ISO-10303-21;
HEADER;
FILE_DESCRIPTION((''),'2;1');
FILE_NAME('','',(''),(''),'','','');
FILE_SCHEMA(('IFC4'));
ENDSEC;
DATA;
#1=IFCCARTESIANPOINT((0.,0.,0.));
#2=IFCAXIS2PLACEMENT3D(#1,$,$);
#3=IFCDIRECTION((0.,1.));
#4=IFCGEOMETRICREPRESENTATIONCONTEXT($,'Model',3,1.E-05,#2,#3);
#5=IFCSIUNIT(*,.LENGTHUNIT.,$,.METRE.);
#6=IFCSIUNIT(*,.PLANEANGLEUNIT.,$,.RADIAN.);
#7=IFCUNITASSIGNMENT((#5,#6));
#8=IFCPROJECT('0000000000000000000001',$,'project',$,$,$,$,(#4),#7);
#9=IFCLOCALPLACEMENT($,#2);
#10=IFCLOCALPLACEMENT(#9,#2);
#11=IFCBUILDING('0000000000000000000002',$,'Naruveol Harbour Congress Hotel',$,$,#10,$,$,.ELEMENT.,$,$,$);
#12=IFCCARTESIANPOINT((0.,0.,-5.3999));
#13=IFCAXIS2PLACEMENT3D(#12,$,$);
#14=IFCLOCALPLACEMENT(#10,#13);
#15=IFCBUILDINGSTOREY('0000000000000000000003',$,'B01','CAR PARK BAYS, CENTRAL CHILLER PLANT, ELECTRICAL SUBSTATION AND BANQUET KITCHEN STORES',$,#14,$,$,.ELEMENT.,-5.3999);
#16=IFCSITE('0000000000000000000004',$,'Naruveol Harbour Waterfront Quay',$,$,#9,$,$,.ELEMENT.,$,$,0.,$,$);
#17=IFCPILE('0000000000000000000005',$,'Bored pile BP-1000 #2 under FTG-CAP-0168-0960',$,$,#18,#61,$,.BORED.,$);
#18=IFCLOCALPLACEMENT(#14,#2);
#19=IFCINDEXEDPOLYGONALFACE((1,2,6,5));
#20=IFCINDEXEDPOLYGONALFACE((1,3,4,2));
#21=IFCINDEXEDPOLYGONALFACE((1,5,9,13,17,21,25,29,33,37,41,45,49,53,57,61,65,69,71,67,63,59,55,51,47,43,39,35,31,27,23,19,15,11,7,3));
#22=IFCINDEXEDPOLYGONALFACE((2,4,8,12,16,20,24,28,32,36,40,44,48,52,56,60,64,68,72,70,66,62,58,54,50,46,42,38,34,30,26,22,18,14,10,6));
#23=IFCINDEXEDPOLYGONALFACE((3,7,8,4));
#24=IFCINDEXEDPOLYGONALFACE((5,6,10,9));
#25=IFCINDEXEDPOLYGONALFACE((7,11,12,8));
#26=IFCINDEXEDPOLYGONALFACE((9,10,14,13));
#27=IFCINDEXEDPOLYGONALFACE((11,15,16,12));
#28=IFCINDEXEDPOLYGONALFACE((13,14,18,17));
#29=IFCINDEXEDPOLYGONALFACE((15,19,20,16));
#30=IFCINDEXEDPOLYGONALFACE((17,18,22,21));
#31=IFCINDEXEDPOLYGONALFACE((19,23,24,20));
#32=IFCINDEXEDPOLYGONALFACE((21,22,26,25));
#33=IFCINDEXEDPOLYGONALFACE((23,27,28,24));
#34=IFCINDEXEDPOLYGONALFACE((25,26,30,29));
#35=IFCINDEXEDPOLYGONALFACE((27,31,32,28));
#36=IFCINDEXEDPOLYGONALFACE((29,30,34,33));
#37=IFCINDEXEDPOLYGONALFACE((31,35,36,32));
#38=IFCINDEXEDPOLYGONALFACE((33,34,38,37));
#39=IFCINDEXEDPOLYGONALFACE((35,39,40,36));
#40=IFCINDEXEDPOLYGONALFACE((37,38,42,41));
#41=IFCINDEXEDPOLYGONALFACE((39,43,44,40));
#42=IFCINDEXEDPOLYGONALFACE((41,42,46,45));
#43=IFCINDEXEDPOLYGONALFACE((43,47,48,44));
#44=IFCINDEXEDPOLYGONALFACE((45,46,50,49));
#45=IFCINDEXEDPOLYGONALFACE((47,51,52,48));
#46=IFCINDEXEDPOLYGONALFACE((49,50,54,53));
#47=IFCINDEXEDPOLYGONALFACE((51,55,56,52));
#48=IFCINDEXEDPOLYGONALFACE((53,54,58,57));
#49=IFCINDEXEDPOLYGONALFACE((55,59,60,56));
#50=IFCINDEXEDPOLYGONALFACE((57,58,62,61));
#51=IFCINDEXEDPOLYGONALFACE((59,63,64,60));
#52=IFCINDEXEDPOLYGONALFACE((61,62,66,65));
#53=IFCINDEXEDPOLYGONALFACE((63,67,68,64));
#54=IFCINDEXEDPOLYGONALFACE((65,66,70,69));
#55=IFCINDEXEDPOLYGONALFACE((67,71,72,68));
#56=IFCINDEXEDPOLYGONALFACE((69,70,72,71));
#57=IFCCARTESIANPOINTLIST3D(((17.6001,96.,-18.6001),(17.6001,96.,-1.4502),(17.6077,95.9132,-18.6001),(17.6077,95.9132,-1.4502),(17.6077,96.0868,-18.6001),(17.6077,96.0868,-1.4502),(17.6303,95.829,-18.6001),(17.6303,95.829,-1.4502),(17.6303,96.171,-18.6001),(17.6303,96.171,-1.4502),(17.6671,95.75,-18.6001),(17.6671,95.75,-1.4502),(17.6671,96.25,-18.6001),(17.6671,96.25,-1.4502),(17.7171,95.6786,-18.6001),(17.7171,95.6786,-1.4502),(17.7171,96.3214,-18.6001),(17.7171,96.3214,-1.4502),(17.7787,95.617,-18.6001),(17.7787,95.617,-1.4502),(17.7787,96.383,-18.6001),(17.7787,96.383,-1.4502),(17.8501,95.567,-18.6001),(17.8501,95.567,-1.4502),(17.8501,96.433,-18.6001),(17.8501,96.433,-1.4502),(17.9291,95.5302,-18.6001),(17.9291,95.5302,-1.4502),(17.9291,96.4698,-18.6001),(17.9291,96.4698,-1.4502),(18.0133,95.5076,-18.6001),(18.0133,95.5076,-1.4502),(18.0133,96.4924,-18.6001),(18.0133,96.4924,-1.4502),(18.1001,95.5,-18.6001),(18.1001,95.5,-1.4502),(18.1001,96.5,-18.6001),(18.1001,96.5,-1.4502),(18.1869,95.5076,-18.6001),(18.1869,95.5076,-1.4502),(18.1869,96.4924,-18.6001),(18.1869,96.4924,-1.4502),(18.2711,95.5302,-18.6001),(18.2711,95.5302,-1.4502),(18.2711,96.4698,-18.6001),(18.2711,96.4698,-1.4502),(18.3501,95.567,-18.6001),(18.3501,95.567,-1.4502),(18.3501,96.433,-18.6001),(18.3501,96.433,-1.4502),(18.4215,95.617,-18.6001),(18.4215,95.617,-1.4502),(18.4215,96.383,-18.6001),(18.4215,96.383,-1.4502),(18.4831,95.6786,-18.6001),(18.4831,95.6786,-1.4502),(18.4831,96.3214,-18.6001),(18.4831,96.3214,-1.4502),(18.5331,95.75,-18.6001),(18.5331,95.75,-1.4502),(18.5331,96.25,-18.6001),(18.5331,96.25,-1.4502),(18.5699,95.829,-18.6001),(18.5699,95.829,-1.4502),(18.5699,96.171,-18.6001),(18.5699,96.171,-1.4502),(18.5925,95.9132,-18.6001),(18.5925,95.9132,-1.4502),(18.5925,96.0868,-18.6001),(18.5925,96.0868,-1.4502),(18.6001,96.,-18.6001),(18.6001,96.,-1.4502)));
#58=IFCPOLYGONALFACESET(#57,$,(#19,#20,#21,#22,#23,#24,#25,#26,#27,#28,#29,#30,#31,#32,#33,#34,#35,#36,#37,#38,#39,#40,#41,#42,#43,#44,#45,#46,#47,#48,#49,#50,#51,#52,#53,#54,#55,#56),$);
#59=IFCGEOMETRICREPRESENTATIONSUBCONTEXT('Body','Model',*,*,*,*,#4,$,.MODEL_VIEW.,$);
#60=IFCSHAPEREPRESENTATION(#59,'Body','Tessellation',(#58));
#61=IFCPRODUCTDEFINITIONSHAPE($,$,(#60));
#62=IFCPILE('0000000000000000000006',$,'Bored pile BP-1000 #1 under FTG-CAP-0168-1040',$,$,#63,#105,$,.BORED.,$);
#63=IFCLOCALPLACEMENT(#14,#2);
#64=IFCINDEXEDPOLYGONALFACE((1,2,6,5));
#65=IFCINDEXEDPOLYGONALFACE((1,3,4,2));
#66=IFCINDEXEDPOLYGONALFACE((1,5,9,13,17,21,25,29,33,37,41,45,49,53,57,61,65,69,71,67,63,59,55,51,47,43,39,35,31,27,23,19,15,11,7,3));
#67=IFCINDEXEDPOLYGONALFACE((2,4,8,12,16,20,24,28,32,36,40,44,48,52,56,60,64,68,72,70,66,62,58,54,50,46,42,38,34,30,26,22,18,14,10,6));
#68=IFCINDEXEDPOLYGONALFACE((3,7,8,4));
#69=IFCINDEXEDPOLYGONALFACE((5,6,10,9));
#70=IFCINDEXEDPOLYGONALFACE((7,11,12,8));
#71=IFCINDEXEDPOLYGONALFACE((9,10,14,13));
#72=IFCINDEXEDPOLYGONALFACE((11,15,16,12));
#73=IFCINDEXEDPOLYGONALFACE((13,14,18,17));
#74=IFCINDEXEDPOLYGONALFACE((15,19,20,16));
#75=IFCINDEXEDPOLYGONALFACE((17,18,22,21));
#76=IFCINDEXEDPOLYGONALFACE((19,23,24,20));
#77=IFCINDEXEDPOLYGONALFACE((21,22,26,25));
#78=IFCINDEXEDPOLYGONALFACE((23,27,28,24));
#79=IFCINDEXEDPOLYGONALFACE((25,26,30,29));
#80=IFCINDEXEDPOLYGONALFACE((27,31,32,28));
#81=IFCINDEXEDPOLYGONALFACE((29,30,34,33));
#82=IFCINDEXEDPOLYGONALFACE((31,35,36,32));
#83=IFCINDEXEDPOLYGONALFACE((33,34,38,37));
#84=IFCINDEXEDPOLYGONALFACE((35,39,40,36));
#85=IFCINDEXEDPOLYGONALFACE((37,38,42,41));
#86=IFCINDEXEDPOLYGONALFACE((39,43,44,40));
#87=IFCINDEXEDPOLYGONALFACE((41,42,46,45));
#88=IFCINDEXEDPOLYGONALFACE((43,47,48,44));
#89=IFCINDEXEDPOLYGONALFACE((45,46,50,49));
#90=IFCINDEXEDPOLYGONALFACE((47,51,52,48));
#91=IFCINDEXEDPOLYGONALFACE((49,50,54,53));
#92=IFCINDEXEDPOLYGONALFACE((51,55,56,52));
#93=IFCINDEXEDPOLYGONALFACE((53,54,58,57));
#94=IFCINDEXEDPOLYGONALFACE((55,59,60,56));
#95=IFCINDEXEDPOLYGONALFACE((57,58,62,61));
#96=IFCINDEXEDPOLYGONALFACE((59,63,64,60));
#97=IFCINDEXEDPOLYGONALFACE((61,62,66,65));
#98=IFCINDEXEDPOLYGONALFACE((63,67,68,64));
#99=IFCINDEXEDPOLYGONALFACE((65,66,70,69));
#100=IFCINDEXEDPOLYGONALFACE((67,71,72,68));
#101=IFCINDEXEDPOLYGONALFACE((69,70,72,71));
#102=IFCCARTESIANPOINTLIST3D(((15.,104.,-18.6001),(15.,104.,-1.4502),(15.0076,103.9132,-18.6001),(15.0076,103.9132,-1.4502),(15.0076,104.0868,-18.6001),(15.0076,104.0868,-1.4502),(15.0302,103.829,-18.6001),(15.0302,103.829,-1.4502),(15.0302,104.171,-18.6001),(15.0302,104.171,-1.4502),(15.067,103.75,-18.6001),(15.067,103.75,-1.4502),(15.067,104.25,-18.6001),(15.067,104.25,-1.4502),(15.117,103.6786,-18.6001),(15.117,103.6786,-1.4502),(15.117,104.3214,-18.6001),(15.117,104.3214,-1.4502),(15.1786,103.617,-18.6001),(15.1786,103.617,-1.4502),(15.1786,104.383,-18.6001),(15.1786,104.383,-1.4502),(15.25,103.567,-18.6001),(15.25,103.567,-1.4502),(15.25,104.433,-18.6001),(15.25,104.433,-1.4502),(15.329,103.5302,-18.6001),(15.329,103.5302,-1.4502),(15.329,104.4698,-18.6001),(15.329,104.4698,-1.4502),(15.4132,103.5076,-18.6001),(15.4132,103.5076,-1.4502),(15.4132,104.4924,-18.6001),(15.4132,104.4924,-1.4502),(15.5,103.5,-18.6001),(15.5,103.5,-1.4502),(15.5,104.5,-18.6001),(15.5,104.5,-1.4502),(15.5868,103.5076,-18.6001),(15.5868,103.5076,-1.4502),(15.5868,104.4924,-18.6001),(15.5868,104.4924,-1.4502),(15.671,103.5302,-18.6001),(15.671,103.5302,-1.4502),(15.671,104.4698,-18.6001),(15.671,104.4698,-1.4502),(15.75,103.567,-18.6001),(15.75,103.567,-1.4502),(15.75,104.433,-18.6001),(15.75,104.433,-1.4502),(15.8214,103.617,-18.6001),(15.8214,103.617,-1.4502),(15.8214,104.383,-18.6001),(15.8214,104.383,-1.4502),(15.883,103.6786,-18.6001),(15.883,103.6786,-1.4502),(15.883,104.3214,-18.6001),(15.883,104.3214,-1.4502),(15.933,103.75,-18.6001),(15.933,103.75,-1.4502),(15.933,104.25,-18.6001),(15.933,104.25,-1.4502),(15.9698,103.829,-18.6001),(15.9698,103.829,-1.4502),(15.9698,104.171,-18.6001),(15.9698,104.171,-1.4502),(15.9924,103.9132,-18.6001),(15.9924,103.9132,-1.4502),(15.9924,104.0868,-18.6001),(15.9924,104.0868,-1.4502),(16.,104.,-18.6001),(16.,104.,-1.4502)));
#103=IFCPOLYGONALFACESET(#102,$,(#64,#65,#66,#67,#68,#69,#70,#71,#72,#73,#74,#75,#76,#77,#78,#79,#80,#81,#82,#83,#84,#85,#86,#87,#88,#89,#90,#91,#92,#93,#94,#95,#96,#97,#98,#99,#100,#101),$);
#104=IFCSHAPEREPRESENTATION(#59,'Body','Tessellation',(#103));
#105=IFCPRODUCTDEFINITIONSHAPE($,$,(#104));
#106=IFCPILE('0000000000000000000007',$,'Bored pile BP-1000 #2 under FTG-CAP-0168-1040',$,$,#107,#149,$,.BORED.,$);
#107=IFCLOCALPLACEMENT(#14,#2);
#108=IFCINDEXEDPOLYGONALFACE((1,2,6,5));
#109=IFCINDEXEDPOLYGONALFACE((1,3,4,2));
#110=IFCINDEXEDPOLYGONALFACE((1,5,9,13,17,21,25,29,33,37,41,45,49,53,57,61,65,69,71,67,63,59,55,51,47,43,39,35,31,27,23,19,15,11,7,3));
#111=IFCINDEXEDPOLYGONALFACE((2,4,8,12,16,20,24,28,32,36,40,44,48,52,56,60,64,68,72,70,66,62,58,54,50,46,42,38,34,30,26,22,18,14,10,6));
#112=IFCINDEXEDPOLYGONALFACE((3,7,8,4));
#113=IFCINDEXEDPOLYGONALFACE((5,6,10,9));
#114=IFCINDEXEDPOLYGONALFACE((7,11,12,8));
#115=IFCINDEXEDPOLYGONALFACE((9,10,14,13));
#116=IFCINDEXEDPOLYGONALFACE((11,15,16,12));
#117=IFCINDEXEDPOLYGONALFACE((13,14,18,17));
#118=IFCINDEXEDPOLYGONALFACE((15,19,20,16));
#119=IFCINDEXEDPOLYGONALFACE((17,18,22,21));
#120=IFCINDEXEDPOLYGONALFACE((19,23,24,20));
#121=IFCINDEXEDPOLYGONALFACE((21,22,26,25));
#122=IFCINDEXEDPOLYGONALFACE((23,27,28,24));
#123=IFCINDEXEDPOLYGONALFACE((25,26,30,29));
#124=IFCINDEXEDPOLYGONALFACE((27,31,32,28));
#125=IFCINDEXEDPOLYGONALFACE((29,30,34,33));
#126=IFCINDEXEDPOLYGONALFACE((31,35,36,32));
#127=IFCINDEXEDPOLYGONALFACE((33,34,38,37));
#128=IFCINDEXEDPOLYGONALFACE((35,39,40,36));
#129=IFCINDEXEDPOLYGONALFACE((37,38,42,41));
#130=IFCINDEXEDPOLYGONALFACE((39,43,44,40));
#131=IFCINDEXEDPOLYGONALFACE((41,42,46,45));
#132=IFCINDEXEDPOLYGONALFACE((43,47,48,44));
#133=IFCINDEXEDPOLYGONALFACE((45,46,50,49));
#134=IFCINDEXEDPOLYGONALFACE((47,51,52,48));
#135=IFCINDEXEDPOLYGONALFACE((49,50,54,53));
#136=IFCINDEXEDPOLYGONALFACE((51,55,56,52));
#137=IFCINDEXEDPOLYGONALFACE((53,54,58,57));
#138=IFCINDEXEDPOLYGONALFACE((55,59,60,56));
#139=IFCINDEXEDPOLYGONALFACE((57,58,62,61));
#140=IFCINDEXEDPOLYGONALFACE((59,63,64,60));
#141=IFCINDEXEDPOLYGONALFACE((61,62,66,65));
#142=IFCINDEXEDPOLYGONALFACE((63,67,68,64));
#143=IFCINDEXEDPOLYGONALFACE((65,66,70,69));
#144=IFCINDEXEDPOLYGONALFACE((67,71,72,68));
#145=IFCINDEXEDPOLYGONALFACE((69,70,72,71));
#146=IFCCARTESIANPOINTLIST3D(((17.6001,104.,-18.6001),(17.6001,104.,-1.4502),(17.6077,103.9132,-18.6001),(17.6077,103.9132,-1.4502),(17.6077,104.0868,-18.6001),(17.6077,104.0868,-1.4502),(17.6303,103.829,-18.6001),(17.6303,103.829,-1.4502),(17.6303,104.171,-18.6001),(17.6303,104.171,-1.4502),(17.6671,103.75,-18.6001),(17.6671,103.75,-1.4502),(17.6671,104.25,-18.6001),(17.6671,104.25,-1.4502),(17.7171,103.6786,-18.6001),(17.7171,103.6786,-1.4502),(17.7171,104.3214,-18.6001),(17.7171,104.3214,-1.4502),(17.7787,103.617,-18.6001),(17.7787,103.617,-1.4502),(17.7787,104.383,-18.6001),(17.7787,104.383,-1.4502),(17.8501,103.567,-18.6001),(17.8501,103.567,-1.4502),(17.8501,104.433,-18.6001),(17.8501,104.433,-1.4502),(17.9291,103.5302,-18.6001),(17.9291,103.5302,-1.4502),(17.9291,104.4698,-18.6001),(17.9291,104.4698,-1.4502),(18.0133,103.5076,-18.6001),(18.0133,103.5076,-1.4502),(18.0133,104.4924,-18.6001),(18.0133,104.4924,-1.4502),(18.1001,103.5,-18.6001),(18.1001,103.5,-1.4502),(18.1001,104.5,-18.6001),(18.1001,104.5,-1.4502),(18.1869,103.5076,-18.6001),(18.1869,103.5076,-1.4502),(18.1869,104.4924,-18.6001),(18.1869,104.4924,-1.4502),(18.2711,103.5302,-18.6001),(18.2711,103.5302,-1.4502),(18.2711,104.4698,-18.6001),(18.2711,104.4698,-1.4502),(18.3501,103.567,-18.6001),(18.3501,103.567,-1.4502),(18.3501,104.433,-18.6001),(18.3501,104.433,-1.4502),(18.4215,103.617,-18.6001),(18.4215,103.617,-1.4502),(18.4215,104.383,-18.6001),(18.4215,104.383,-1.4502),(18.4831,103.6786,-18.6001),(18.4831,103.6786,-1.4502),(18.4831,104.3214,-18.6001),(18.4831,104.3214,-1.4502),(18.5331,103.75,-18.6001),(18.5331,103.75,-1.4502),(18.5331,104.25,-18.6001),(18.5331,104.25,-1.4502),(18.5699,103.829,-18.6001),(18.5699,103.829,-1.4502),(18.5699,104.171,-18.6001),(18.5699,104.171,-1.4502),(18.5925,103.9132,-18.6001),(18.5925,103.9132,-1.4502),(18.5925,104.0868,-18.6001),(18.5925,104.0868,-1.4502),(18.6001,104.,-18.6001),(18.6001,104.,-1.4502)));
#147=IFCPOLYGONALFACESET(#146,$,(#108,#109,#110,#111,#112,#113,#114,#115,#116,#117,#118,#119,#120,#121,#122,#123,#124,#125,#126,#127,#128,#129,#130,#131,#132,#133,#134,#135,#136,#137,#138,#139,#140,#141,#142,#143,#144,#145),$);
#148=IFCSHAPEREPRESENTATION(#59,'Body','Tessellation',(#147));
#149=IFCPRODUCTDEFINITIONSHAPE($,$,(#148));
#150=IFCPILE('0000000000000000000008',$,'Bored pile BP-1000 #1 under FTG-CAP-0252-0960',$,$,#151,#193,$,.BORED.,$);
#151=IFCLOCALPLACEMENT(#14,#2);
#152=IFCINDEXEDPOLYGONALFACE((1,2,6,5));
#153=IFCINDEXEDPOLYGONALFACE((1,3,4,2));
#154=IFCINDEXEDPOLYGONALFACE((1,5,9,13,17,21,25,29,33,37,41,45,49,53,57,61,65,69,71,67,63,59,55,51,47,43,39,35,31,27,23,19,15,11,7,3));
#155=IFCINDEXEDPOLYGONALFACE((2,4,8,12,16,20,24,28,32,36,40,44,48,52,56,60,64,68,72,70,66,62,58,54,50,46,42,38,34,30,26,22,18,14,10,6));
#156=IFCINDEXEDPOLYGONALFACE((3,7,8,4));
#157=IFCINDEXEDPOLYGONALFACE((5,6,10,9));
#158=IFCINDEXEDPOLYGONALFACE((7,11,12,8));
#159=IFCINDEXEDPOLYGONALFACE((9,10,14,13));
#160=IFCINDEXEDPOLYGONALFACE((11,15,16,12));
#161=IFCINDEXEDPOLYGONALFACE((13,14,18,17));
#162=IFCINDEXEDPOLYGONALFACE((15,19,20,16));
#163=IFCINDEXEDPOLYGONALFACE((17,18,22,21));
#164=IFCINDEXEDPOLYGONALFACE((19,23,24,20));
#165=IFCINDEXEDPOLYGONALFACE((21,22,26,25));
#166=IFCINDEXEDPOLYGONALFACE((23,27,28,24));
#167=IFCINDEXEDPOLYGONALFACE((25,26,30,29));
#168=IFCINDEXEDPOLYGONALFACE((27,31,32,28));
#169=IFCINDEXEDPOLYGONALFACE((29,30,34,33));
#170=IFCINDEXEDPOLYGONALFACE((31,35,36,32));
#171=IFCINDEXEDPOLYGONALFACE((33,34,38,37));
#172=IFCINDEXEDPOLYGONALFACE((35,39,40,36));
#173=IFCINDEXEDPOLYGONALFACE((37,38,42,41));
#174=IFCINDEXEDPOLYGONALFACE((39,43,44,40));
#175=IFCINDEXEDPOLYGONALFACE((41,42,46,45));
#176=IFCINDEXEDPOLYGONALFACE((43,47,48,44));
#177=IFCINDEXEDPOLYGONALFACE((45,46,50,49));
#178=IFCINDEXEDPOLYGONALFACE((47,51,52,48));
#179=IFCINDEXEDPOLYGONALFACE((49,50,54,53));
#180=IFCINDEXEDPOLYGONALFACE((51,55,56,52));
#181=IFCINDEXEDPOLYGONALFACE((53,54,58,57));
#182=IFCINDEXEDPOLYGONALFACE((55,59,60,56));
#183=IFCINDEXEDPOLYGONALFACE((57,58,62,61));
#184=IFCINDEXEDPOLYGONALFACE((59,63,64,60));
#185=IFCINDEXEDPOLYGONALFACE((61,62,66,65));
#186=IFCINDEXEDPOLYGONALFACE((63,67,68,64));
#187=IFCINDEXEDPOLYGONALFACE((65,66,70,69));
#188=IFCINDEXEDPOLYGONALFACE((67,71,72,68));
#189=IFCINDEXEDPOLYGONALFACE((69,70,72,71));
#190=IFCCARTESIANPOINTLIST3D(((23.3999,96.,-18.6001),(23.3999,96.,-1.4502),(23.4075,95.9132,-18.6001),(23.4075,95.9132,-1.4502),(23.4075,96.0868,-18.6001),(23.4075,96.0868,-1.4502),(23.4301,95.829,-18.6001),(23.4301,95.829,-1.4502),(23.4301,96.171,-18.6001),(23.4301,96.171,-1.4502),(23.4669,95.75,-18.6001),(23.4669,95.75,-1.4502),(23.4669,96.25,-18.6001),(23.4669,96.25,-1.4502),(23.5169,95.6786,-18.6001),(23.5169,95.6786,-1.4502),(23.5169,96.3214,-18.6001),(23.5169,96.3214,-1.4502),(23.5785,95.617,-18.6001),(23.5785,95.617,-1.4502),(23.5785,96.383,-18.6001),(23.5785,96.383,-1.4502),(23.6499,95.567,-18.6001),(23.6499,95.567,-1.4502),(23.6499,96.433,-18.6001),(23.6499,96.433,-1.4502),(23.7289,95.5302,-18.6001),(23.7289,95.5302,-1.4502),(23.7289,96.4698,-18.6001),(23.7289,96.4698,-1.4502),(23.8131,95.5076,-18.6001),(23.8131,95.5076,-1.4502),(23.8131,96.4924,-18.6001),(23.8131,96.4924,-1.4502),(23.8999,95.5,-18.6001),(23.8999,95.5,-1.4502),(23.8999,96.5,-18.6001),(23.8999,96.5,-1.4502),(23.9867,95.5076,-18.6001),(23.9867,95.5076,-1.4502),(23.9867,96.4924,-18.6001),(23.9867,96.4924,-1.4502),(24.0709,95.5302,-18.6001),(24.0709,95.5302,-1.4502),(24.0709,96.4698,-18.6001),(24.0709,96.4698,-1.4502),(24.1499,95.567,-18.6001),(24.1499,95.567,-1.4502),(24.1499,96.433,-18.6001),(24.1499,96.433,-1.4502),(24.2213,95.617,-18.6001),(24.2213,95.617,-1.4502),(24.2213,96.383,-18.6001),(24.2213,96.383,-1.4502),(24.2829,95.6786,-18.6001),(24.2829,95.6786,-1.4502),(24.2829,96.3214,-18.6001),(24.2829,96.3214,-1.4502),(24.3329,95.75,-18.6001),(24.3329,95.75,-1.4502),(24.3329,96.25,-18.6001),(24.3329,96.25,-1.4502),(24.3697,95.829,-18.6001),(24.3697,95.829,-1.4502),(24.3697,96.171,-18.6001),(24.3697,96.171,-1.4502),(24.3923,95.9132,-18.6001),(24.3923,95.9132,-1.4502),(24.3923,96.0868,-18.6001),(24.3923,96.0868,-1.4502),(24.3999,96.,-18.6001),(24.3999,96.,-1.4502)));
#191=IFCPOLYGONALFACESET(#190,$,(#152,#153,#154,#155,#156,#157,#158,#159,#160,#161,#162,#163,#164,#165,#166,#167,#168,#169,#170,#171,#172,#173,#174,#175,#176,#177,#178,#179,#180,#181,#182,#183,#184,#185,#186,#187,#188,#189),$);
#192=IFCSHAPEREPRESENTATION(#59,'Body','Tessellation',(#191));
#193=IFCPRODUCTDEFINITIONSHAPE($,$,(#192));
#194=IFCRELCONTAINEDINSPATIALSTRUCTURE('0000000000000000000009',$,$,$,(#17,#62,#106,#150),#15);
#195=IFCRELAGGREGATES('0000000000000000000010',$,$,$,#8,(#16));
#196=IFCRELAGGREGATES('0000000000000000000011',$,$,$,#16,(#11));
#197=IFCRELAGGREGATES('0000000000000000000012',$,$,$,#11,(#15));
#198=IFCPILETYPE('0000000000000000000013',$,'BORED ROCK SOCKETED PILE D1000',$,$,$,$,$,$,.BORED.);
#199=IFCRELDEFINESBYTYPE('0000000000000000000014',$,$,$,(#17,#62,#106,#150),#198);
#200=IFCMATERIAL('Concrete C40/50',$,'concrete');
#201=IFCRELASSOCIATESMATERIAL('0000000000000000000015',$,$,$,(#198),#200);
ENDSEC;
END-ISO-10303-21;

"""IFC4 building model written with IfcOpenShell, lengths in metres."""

from ifc_helpers import new_model, si_unit, direction, frame, origin, origin_2d, place, context, subcontext, project, spatial, circle, extrude, material, material_profile, profile_set, type_object, element, save


model = new_model("IFC4")

# Units and contexts
model_context = context("Model", 3, precision=1e-05, world=origin(), true_north=direction((0.0, 1.0)))
body_context = subcontext(model_context, "Body", "Model", "MODEL_VIEW")
ifc_project = project(units=[si_unit("LENGTHUNIT", "METRE"), si_unit("PLANEANGLEUNIT", "RADIAN")], contexts=[model_context])

# Site, building, storey
site_placement = place(None, origin())
site = spatial("IfcSite", under=ifc_project, at=site_placement, Name="Naruveol Harbour Waterfront Quay", CompositionType="ELEMENT", RefElevation=0.0)
building_placement = place(site_placement, origin())
building = spatial("IfcBuilding", under=site, at=building_placement, Name="Naruveol Harbour Congress Hotel", CompositionType="ELEMENT")
storey_placement = place(building_placement, frame((0.0, 0.0, -5.3999)))
storey = spatial("IfcBuildingStorey", under=building, at=storey_placement, Name="B01", Description="CAR PARK BAYS, CENTRAL CHILLER PLANT, ELECTRICAL SUBSTATION AND BANQUET KITCHEN STORES", CompositionType="ELEMENT", Elevation=-5.3999)

# Piles
ifc_material_1 = material(Name="Concrete C40/50", Category="concrete")
ifc_material_profile_1 = material_profile(ifc_material_1, circle(Radius=0.5, at=origin_2d()), Name="BP-1000")
ifc_profile_set_1 = profile_set([ifc_material_profile_1], Name="Concrete C40/50")
pile_type = type_object("IfcPileType", Name="BORED ROCK SOCKETED PILE D1000", PredefinedType="BORED", material=ifc_profile_set_1)
for number, where, z_axis, x_axis, name in (
    (1, (18.1001, 96.0, -1.4502), (0.0, 0.0, -1.0), (1.0, 0.0, 0.0), "Bored pile BP-1000 #2 under FTG-CAP-0168-0960"),
    (2, (15.5, 104.0, -1.4502), (0.0, 0.0, -1.0), (1.0, 0.0, 0.0), "Bored pile BP-1000 #1 under FTG-CAP-0168-1040"),
    (3, (18.1001, 104.0, -1.4502), (0.0, 0.0, -1.0), (1.0, 0.0, 0.0), "Bored pile BP-1000 #2 under FTG-CAP-0168-1040"),
    (4, (23.8999, 96.0, -1.4502), (0.0, 0.0, -1.0), (1.0, 0.0, 0.0), "Bored pile BP-1000 #1 under FTG-CAP-0252-0960"),
):
    element("IfcPile", number, at=place(storey_placement, frame(where, z_axis=z_axis, x_axis=x_axis)), inside=storey, type_object=pile_type, Name=name, PredefinedType="BORED", context=body_context, shape_type="SweptSolid", body=[
        extrude(circle(Radius=0.5, at=origin_2d()), origin(), (0.0, 0.0, 1.0), 17.1499),
    ])

save(model, "model.ifc")
